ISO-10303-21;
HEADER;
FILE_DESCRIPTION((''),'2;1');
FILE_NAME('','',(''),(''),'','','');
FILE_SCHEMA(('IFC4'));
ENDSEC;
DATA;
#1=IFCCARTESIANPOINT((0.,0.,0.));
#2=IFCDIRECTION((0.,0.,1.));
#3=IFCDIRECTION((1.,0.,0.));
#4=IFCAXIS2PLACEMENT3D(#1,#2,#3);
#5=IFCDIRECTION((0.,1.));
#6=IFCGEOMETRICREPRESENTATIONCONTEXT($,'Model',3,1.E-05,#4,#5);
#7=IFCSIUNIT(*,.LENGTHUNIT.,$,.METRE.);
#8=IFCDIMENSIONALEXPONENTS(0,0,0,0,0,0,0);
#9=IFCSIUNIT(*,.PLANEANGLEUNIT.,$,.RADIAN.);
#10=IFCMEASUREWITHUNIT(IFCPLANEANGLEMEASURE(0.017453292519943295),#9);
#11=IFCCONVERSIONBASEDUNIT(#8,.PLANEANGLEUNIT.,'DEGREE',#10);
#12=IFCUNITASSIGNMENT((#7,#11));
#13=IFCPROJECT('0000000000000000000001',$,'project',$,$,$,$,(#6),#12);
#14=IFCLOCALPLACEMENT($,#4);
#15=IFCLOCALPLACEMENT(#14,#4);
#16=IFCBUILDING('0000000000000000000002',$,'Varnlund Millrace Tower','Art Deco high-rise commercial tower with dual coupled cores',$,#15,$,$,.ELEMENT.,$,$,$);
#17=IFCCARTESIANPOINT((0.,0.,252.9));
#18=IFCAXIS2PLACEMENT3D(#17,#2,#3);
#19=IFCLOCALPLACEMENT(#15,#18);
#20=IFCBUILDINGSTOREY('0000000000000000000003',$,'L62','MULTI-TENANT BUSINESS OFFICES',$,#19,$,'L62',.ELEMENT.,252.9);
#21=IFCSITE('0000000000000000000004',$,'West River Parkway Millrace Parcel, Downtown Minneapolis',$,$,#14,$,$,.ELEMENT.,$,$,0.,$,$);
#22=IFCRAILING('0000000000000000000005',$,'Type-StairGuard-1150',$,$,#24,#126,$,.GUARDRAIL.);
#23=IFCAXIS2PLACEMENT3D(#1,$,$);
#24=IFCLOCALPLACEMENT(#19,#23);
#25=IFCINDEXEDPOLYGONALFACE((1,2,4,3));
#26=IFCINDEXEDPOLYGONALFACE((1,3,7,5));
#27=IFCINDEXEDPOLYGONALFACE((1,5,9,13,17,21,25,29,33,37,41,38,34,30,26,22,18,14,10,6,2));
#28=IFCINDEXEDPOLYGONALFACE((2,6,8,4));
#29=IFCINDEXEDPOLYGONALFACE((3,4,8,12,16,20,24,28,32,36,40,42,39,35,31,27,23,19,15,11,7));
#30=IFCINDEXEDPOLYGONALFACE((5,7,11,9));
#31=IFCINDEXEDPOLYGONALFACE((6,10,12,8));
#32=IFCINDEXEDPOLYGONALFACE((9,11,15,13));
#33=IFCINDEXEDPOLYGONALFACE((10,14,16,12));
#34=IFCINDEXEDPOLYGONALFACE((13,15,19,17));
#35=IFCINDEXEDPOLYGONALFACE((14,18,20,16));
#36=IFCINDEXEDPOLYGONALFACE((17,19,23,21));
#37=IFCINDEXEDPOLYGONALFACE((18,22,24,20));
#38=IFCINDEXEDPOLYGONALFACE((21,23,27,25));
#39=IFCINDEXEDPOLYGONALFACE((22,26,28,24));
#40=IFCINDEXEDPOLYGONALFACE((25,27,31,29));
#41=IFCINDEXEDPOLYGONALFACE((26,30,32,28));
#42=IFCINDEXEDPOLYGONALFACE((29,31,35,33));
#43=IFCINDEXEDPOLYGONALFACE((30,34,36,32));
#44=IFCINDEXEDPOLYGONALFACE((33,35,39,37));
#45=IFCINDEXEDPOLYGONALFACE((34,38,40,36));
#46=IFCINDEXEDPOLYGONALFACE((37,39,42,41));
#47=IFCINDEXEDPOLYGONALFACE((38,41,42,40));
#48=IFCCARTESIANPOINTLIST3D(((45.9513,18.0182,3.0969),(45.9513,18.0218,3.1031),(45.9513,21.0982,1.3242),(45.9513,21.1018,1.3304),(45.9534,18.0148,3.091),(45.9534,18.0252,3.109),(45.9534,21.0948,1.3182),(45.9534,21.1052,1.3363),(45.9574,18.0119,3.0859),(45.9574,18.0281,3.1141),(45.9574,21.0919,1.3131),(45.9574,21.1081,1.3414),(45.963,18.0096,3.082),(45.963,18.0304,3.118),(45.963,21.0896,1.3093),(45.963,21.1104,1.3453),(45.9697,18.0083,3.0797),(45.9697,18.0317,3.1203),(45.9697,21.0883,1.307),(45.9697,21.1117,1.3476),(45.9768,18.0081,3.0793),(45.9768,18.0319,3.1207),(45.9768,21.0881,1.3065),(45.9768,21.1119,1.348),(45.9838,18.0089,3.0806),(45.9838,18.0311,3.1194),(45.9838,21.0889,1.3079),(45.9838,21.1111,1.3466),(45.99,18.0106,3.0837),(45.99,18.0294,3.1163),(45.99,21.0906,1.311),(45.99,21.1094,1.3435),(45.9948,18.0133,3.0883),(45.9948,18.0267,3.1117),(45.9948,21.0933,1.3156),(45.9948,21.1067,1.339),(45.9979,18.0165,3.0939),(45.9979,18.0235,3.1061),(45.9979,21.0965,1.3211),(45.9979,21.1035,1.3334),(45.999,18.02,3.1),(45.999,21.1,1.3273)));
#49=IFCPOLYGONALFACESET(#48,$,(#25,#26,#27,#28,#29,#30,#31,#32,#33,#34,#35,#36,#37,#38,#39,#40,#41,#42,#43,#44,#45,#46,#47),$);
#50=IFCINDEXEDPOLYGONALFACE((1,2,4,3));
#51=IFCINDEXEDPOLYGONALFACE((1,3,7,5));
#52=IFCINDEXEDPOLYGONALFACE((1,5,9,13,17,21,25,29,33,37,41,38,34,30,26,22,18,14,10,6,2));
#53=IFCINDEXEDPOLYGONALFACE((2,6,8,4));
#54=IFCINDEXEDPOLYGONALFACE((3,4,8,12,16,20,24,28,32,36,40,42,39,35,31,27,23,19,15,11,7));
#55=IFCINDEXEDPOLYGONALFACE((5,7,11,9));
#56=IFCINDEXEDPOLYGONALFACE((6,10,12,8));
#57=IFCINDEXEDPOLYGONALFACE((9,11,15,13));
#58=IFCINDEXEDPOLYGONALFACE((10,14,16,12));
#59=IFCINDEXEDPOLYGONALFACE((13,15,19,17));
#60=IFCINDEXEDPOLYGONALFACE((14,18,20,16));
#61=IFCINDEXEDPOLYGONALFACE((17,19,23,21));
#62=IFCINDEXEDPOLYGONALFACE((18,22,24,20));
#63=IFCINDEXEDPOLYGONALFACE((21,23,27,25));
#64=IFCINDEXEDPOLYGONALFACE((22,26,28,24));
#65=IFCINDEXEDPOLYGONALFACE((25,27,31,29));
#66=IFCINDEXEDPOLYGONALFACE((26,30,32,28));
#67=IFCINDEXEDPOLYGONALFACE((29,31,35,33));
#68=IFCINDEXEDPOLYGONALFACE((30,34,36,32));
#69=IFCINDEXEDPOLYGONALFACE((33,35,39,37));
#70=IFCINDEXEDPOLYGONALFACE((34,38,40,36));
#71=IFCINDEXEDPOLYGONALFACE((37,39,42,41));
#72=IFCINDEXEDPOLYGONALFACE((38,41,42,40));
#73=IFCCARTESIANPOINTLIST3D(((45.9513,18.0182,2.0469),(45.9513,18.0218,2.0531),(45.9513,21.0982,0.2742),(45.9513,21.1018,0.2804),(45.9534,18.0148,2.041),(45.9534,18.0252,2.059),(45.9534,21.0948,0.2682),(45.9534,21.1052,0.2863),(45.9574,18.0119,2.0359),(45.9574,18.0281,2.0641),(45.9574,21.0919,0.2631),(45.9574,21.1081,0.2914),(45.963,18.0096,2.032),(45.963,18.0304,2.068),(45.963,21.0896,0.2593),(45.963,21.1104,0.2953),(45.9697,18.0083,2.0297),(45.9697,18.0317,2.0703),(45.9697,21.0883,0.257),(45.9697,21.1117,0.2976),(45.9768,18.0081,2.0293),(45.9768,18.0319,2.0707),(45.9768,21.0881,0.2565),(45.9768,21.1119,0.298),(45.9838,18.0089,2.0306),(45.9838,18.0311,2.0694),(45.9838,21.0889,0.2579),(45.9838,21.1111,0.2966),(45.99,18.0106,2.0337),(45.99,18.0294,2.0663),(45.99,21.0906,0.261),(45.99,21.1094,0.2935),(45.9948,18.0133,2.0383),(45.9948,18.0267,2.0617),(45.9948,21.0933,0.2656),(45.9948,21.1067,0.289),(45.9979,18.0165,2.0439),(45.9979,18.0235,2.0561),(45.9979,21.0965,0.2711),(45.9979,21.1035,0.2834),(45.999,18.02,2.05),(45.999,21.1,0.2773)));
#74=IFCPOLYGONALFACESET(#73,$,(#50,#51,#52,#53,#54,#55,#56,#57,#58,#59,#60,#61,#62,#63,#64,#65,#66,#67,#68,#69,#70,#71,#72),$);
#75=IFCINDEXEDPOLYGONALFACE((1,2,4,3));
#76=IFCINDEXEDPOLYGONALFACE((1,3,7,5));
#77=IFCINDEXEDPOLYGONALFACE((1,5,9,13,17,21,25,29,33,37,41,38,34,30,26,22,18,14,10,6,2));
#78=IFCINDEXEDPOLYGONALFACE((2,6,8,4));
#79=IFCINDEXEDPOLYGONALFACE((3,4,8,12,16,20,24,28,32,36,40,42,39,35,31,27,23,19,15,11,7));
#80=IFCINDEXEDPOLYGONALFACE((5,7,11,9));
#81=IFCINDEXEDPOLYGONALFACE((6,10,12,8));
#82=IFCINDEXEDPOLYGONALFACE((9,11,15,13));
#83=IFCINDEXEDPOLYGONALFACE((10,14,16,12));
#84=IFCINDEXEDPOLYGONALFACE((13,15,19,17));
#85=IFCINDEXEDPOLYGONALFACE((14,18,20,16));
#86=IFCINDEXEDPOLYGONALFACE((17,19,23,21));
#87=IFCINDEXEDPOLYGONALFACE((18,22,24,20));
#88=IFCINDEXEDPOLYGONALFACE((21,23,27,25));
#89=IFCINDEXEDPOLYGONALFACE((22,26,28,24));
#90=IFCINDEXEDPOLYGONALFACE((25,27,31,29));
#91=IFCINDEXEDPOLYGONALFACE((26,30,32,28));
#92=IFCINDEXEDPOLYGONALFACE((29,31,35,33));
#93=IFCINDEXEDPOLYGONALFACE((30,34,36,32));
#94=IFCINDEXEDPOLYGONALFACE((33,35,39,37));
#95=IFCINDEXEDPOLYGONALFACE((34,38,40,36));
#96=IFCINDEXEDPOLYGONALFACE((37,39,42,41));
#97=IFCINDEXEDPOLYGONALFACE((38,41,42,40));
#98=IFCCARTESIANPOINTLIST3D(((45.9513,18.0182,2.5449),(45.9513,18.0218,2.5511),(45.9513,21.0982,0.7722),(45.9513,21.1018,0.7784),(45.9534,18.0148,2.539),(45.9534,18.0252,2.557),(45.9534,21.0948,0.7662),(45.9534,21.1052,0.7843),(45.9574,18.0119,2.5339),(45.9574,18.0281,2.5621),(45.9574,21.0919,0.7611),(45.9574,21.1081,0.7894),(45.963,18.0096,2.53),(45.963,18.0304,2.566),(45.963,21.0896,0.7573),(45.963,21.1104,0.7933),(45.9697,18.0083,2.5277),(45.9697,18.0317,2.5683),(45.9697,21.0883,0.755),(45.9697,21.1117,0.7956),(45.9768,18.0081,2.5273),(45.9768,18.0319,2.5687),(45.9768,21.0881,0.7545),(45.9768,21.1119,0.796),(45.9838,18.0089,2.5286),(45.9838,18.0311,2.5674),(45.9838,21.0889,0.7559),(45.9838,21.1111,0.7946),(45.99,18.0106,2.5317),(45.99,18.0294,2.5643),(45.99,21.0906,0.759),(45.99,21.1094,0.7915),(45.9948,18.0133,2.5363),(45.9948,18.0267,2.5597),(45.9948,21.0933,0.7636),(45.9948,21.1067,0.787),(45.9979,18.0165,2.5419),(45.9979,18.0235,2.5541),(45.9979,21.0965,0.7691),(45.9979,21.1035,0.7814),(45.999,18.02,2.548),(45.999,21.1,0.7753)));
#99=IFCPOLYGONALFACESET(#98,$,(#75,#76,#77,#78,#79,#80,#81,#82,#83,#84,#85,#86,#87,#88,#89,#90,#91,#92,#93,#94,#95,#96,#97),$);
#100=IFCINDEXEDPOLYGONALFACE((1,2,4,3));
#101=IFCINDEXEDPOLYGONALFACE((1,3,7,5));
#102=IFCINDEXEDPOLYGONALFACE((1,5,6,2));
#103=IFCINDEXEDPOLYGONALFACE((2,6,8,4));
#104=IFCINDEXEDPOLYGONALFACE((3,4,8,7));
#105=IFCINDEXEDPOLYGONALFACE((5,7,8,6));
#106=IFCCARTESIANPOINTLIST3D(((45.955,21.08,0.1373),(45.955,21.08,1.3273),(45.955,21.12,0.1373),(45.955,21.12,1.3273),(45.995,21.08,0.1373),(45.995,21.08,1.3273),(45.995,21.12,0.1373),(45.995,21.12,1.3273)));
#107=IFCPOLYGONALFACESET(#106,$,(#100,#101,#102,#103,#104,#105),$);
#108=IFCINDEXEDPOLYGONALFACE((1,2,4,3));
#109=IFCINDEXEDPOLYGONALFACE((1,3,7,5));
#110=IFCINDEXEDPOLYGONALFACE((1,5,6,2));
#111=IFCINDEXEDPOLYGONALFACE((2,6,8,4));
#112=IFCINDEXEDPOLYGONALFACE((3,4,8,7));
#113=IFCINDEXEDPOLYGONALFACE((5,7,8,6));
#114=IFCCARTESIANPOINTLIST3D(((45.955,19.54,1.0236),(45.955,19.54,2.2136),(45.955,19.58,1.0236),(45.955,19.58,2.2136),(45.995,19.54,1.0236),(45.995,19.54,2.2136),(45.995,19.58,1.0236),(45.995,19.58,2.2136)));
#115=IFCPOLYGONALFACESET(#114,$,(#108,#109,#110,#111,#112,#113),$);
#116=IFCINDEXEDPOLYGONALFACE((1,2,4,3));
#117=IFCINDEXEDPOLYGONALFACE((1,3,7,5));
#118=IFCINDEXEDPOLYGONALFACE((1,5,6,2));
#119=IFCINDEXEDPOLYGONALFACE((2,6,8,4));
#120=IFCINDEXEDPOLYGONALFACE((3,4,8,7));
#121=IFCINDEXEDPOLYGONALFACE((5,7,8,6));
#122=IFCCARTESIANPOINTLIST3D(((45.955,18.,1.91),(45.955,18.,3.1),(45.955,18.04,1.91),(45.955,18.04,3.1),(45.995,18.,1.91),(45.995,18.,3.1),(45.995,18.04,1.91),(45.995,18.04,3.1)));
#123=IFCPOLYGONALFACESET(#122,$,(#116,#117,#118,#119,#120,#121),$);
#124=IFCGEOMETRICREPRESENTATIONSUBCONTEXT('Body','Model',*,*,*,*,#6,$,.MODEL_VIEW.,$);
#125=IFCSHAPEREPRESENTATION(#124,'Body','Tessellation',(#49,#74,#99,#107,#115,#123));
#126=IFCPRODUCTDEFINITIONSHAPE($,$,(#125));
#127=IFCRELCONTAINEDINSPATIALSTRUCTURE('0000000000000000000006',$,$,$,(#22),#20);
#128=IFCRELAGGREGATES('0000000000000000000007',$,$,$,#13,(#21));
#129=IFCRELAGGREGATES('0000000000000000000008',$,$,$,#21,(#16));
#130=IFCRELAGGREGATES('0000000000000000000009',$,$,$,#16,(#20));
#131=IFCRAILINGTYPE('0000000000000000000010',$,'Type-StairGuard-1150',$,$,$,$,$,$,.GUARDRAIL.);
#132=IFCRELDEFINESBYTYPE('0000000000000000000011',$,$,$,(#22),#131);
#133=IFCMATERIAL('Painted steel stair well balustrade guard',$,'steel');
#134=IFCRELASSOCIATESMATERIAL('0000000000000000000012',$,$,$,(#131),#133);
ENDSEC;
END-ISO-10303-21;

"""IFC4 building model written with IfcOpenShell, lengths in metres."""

from ifc_helpers import new_model, entity, si_unit, converted_unit, direction, frame, origin_with_axes, origin_2d_with_axis, place, context, subcontext, project, spatial, rectangle, circle, extrude, material, type_object, element, save


model = new_model("IFC4")

# Units and contexts
model_context = context("Model", 3, precision=1e-05, world=origin_with_axes(), true_north=direction((0.0, 1.0)))
body_context = subcontext(model_context, "Body", "Model", "MODEL_VIEW")
ifc_project = project(units=[si_unit("LENGTHUNIT", "METRE"), converted_unit("PLANEANGLEUNIT", "DEGREE", entity("IfcPlaneAngleMeasure", 0.017453292519943295), si_unit("PLANEANGLEUNIT", "RADIAN"), dimensions=[0, 0, 0, 0, 0, 0, 0])], contexts=[model_context])

# Site, building, storey
site_placement = place(None, origin_with_axes())
site = spatial("IfcSite", under=ifc_project, at=site_placement, Name="West River Parkway Millrace Parcel, Downtown Minneapolis", CompositionType="ELEMENT", RefElevation=0.0)
building_placement = place(site_placement, origin_with_axes())
building = spatial("IfcBuilding", under=site, at=building_placement, Name="Varnlund Millrace Tower", Description="Art Deco high-rise commercial tower with dual coupled cores", CompositionType="ELEMENT")
storey_placement = place(building_placement, frame((0.0, 0.0, 252.9), z_axis=(0.0, 0.0, 1.0), x_axis=(1.0, 0.0, 0.0)))
storey = spatial("IfcBuildingStorey", under=building, at=storey_placement, Name="L62", Description="MULTI-TENANT BUSINESS OFFICES", LongName="L62", CompositionType="ELEMENT", Elevation=252.9)

# Railing
ifc_material_1 = material(Name="Painted steel stair well balustrade guard", Category="steel")
railing_type_1 = type_object("IfcRailingType", Name="Type-StairGuard-1150", PredefinedType="GUARDRAIL", material=ifc_material_1)
railing_1_placement = place(storey_placement, frame((0.0, 0.0, -252.9), z_axis=(0.0, 0.0, 1.0), x_axis=(1.0, 0.0, 0.0)))
element("IfcRailing", 1, at=railing_1_placement, inside=storey, type_object=railing_type_1, Name="Type-StairGuard-1150", PredefinedType="GUARDRAIL", context=body_context, shape_type="SweptSolid", body=[
    extrude(circle(Radius=0.024, at=origin_2d_with_axis()), frame((45.975, 21.1, 254.2273), z_axis=(0.0, -0.866696, 0.498836), x_axis=(1.0, 0.0, 0.0)), (0.0, 0.0, 1.0), 3.5537),
    extrude(circle(Radius=0.024, at=origin_2d_with_axis()), frame((45.975, 21.1, 253.1773), z_axis=(0.0, -0.866696, 0.498836), x_axis=(1.0, 0.0, 0.0)), (0.0, 0.0, 1.0), 3.5537),
    extrude(circle(Radius=0.024, at=origin_2d_with_axis()), frame((45.975, 21.1, 253.6753), z_axis=(0.0, -0.866696, 0.498836), x_axis=(1.0, 0.0, 0.0)), (0.0, 0.0, 1.0), 3.5537),
    extrude(rectangle(XDim=0.04, YDim=0.04, at=origin_2d_with_axis()), frame((45.975, 21.1, 253.0373), z_axis=(0.0, 0.0, 1.0), x_axis=(1.0, 0.0, 0.0)), (0.0, 0.0, 1.0), 1.19),
    extrude(rectangle(XDim=0.04, YDim=0.04, at=origin_2d_with_axis()), frame((45.975, 19.56, 253.9236), z_axis=(0.0, 0.0, 1.0), x_axis=(1.0, 0.0, 0.0)), (0.0, 0.0, 1.0), 1.19),
    extrude(rectangle(XDim=0.04, YDim=0.04, at=origin_2d_with_axis()), frame((45.975, 18.02, 254.81), z_axis=(0.0, 0.0, 1.0), x_axis=(1.0, 0.0, 0.0)), (0.0, 0.0, 1.0), 1.19),
])

save(model, "model.ifc")
